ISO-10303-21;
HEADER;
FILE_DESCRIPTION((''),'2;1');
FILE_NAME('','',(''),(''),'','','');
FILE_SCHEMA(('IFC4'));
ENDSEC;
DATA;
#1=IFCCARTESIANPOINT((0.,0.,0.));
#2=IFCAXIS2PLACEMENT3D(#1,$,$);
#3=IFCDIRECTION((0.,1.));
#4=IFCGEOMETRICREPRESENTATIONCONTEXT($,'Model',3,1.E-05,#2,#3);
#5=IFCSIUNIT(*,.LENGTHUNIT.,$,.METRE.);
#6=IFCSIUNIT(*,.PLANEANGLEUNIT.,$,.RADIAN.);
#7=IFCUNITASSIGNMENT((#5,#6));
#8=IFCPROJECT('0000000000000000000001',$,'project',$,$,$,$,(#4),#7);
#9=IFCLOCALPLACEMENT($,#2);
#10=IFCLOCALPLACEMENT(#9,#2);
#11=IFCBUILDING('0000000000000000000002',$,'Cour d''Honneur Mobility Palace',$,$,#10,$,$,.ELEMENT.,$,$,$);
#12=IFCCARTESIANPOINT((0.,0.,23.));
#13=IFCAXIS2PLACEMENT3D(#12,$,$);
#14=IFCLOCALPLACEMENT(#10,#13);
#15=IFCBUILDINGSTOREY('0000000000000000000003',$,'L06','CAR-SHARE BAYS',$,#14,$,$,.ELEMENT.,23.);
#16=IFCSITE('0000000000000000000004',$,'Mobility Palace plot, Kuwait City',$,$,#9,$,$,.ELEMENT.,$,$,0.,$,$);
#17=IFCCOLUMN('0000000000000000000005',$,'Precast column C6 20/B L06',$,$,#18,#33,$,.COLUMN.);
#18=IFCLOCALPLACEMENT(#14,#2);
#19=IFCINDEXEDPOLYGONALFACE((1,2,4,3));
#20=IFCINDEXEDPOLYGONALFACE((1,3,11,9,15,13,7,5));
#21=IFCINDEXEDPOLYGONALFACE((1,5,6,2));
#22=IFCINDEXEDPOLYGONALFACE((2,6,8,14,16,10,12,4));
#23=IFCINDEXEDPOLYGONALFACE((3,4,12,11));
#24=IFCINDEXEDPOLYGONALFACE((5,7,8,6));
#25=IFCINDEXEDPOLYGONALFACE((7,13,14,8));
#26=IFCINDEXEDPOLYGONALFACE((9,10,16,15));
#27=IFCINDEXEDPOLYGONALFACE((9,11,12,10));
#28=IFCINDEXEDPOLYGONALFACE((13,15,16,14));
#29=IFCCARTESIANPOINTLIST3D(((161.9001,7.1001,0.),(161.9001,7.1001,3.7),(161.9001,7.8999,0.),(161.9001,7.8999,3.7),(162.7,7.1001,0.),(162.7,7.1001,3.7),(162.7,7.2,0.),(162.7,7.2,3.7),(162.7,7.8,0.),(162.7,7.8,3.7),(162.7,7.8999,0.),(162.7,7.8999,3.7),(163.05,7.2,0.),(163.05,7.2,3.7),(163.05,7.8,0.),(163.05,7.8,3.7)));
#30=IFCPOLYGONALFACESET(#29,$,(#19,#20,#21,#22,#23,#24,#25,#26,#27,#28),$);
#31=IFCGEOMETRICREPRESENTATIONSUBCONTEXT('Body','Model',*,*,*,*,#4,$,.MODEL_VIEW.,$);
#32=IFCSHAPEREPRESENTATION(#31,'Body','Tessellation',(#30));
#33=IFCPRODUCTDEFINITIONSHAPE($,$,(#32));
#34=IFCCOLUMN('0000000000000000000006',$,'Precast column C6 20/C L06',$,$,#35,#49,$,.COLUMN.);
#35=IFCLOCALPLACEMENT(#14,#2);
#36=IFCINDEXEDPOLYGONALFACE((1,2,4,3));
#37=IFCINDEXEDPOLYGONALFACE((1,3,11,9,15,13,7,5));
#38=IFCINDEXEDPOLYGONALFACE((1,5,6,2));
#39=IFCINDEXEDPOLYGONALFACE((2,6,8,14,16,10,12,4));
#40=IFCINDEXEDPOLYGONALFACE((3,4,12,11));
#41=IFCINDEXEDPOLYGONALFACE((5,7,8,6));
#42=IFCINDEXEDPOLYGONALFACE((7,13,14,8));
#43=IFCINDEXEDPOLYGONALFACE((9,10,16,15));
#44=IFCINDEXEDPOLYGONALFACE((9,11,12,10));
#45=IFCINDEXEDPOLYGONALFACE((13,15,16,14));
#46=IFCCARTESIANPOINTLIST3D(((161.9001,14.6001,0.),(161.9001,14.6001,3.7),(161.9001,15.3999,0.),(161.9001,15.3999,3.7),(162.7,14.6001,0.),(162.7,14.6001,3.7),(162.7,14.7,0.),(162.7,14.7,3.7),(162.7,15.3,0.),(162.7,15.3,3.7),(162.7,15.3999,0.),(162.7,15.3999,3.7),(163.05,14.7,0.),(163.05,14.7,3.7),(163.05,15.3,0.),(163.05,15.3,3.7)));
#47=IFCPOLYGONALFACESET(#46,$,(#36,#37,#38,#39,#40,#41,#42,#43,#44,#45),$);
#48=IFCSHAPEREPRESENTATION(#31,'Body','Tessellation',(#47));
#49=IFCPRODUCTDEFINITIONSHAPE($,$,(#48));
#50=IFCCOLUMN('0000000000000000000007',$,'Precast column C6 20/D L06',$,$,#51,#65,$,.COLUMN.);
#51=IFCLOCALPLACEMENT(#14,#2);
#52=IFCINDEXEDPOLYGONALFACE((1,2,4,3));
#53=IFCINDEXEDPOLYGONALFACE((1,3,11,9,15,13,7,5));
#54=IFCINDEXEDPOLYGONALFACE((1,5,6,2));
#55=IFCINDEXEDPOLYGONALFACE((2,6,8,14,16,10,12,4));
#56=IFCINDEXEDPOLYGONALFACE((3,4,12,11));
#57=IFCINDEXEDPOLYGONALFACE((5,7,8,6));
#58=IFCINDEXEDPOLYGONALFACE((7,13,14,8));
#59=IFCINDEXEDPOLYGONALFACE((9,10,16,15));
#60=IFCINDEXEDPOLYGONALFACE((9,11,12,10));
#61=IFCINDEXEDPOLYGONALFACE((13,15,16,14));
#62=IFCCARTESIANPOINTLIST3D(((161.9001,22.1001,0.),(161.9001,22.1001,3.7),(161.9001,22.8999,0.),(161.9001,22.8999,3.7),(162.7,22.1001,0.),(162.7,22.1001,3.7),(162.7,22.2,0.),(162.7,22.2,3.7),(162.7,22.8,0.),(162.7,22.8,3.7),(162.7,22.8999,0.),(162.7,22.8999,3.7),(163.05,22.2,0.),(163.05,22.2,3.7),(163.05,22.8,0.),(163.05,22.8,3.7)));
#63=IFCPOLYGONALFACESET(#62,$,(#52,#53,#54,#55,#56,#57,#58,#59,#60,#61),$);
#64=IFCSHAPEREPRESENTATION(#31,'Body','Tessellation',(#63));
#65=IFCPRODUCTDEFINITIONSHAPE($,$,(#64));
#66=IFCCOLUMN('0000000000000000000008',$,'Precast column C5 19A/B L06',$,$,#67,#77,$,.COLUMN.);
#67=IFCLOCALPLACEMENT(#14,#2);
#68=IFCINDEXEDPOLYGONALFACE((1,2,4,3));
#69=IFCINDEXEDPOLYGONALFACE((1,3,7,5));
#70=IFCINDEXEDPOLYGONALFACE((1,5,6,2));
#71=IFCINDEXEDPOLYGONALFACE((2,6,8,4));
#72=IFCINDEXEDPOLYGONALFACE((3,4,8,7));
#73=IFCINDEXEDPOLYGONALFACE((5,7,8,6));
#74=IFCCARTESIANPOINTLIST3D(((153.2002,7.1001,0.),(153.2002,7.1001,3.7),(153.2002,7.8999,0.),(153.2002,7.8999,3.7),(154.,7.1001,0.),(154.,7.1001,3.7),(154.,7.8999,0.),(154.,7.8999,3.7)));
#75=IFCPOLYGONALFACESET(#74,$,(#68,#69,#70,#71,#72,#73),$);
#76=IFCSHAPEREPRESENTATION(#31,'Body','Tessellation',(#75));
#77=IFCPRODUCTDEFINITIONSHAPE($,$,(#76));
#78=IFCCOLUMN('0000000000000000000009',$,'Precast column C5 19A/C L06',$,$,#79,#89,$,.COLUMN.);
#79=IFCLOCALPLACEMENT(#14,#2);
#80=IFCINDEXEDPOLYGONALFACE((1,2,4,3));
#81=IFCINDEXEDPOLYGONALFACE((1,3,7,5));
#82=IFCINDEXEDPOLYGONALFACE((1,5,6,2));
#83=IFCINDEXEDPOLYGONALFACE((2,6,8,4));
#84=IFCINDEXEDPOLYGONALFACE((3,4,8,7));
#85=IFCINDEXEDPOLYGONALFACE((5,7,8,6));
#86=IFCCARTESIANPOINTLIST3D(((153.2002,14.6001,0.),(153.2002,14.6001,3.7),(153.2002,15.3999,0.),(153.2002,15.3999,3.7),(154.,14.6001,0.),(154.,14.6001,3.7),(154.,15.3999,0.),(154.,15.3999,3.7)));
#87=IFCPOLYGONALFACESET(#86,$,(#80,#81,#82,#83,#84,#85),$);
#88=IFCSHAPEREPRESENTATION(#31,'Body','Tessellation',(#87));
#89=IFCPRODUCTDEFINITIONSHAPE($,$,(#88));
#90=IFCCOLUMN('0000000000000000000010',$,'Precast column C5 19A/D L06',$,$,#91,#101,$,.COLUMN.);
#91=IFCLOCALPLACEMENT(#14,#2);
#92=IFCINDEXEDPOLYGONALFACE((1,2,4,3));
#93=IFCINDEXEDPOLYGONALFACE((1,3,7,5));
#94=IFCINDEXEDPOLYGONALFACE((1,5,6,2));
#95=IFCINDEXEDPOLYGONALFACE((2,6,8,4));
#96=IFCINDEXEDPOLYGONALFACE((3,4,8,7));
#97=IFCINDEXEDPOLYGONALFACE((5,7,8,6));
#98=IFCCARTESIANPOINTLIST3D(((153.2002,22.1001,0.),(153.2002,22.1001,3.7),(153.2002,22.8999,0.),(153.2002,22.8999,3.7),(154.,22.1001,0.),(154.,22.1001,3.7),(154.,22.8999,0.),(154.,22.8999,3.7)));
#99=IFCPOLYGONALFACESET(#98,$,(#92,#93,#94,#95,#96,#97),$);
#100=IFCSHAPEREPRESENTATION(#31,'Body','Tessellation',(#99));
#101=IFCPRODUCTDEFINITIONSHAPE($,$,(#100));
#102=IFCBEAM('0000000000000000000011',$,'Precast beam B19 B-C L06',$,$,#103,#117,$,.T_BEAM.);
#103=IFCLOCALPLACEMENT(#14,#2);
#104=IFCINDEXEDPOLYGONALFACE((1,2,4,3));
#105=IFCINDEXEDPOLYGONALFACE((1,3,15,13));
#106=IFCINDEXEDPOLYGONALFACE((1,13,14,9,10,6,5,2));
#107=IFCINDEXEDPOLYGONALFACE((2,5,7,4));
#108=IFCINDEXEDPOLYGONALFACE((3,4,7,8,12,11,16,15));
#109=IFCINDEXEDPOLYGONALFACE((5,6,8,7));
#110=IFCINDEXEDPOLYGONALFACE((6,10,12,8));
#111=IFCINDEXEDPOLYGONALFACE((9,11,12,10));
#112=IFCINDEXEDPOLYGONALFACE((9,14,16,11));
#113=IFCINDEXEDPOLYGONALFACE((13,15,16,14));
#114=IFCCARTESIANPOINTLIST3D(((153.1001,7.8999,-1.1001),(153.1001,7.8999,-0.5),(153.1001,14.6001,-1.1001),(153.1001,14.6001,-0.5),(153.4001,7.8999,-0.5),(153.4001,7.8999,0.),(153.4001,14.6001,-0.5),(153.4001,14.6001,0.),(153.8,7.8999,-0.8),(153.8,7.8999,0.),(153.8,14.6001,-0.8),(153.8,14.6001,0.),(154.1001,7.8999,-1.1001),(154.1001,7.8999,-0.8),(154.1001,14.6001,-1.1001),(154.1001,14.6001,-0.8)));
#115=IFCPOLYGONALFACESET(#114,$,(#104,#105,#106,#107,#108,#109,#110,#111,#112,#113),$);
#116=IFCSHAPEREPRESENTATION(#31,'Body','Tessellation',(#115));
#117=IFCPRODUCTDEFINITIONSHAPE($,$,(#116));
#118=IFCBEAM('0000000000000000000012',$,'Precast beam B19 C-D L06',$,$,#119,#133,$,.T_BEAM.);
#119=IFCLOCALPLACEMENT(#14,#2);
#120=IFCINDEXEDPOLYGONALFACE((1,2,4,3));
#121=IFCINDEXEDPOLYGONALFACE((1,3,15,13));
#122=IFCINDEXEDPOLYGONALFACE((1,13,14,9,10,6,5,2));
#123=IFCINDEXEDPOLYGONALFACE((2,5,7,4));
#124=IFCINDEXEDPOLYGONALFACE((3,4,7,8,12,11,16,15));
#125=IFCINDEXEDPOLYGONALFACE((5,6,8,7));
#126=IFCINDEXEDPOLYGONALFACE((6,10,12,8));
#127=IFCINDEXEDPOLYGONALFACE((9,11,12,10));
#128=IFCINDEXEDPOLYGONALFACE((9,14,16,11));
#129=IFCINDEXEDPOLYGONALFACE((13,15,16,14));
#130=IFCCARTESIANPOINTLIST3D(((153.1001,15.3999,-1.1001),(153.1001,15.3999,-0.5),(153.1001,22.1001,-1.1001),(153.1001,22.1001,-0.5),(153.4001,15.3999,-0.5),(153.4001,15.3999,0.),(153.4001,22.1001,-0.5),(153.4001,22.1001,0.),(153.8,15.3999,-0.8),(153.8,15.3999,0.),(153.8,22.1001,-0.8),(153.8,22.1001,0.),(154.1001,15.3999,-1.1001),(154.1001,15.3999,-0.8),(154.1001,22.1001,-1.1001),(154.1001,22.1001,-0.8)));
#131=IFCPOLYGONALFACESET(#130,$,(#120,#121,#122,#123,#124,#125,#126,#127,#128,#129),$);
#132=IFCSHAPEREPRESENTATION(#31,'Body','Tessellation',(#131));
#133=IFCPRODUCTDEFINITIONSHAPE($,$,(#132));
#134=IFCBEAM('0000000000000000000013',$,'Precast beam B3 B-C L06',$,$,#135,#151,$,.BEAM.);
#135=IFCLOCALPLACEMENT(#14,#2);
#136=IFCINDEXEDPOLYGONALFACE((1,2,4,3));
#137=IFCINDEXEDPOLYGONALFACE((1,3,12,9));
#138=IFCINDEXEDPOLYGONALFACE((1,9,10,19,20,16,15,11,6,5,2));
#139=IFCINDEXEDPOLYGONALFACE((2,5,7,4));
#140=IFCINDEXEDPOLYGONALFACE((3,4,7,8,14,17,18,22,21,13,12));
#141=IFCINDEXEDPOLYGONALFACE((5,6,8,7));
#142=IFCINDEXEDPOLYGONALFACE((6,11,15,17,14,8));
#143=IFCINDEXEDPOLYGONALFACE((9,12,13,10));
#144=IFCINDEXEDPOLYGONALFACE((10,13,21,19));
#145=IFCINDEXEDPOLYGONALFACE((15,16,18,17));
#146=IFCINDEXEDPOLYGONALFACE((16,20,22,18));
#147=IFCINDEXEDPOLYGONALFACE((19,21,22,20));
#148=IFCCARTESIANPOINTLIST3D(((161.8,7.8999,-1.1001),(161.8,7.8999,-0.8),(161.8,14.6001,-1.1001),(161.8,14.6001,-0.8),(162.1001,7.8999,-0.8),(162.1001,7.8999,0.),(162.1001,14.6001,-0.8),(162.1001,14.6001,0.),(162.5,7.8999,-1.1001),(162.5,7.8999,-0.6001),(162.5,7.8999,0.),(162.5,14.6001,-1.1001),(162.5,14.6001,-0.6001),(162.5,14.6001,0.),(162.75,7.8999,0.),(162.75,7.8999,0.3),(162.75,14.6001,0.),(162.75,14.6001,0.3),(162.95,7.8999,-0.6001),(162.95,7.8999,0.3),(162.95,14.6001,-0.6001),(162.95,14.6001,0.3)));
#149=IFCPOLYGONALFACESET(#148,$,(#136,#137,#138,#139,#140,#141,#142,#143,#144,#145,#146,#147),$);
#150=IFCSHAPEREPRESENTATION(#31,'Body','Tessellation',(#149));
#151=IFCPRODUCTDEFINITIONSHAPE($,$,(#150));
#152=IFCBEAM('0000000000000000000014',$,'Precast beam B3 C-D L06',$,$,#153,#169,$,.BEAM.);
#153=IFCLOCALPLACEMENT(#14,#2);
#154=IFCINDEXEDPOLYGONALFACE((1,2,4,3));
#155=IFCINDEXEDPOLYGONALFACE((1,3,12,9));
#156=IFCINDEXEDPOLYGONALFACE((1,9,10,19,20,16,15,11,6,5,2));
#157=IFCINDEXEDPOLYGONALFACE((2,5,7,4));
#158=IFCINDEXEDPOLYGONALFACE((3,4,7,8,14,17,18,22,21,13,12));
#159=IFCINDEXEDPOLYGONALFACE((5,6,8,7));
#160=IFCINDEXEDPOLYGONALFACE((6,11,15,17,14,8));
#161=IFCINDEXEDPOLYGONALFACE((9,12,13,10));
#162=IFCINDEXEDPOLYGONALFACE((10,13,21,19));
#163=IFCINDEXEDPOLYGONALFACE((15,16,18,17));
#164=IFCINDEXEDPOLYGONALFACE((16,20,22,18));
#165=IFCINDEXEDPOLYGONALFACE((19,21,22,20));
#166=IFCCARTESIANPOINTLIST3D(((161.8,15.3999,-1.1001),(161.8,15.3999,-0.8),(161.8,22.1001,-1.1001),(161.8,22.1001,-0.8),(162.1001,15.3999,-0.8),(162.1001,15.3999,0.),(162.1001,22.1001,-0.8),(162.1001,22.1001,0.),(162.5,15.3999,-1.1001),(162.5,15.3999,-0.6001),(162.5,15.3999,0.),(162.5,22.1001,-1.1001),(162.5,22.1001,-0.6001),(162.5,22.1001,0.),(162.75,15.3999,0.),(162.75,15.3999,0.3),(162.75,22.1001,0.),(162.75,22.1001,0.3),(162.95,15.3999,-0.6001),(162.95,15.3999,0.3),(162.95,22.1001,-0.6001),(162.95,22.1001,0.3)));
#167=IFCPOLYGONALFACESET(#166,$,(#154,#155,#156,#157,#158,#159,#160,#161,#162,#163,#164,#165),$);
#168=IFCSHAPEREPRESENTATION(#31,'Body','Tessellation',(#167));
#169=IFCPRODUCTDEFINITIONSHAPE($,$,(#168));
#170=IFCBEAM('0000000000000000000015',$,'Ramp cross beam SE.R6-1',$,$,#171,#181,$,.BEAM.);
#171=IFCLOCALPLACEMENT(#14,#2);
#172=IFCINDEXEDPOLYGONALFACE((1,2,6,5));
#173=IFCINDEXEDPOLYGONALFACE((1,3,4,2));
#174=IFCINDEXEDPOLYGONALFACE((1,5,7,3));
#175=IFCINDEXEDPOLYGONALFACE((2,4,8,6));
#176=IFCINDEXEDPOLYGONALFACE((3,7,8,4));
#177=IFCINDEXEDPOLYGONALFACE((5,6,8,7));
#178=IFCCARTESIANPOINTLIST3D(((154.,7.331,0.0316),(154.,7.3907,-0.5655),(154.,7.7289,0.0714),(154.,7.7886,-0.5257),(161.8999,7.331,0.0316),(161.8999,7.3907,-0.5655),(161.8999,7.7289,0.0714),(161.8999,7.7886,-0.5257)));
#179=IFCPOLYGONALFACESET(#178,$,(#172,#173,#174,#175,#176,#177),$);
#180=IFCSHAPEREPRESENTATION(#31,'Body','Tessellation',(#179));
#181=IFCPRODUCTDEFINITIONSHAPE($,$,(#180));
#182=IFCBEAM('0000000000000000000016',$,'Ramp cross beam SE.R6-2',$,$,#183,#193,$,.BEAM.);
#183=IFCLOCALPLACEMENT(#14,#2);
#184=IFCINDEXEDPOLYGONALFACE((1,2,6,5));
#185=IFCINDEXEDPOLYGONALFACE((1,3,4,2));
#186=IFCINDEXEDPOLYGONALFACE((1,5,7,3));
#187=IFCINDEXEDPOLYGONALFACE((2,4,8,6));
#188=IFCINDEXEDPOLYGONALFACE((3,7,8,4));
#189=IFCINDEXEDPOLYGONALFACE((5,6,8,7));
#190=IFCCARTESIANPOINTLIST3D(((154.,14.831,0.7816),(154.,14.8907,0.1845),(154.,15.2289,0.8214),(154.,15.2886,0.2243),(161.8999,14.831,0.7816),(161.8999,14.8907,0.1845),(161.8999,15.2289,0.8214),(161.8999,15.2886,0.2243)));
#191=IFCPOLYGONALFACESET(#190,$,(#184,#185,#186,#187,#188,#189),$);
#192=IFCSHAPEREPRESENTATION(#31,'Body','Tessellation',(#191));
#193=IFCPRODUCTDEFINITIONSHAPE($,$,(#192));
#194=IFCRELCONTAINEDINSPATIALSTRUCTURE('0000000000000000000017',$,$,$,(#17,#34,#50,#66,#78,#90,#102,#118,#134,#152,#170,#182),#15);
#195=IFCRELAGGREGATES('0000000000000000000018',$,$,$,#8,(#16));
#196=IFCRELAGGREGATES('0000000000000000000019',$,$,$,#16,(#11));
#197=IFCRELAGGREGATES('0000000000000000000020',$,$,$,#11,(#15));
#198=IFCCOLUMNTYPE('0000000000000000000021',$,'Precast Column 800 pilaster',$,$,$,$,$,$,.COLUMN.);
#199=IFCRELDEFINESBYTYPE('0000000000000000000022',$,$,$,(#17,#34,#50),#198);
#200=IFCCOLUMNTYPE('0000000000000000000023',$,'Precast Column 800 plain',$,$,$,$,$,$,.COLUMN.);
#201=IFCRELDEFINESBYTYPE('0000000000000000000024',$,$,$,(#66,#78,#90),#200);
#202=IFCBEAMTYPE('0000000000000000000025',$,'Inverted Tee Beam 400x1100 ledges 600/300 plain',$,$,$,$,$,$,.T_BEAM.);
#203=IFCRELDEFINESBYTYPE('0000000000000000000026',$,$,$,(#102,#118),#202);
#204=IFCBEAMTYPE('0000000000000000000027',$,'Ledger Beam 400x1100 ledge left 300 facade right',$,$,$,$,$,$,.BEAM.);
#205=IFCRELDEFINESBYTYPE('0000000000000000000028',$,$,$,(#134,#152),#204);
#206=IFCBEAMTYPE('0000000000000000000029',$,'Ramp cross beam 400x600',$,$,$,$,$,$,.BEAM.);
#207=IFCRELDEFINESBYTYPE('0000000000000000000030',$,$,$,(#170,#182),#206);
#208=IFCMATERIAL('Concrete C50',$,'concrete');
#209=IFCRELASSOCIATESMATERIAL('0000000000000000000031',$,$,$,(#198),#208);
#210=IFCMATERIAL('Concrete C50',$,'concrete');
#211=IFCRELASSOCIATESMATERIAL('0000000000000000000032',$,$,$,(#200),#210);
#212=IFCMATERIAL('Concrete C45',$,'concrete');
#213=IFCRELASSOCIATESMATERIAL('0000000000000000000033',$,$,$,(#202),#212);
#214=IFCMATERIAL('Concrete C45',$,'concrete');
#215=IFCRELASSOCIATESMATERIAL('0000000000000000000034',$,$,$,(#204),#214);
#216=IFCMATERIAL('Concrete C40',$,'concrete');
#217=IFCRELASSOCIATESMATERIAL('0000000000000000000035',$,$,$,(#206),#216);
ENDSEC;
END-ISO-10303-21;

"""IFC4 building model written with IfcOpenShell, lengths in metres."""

from ifc_helpers import new_model, si_unit, direction, frame, origin, origin_2d, place, context, subcontext, project, spatial, polyline, rectangle, outline, extrude, material, material_profile, profile_set, type_object, element, save


model = new_model("IFC4")

# Units and contexts
model_context = context("Model", 3, precision=1e-05, world=origin(), true_north=direction((0.0, 1.0)))
body_context = subcontext(model_context, "Body", "Model", "MODEL_VIEW")
ifc_project = project(units=[si_unit("LENGTHUNIT", "METRE"), si_unit("PLANEANGLEUNIT", "RADIAN")], contexts=[model_context])

# Site, building, storey
site_placement = place(None, origin())
site = spatial("IfcSite", under=ifc_project, at=site_placement, Name="Mobility Palace plot, Kuwait City", CompositionType="ELEMENT", RefElevation=0.0)
building_placement = place(site_placement, origin())
building = spatial("IfcBuilding", under=site, at=building_placement, Name="Cour d'Honneur Mobility Palace", CompositionType="ELEMENT")
storey_placement = place(building_placement, frame((0.0, 0.0, 23.0)))
storey = spatial("IfcBuildingStorey", under=building, at=storey_placement, Name="L06", Description="CAR-SHARE BAYS", CompositionType="ELEMENT", Elevation=23.0)

# Columns
ifc_material_1 = material(Name="Concrete C50", Category="concrete")
ifc_material_profile_1 = material_profile(ifc_material_1, outline(polyline([(-0.3999, -0.3999), (0.3999, -0.3999), (0.3999, -0.3), (0.75, -0.3), (0.75, 0.3), (0.3999, 0.3), (0.3999, 0.3999), (-0.3999, 0.3999), (-0.3999, -0.3999)])), Name="PC C800 pilaster")
ifc_profile_set_1 = profile_set([ifc_material_profile_1], Name="Concrete C50")
column_type_1 = type_object("IfcColumnType", Name="Precast Column 800 pilaster", PredefinedType="COLUMN", material=ifc_profile_set_1)
for number, where, z_axis, x_axis, name in (
    (1, (162.3, 7.5, 0.0), (0.0, 0.0, 1.0), (1.0, 0.0, 0.0), "Precast column C6 20/B L06"),
    (2, (162.3, 15.0, 0.0), (0.0, 0.0, 1.0), (1.0, 0.0, 0.0), "Precast column C6 20/C L06"),
    (3, (162.3, 22.5, 0.0), (0.0, 0.0, 1.0), (1.0, 0.0, 0.0), "Precast column C6 20/D L06"),
):
    element("IfcColumn", number, at=place(storey_placement, frame(where, z_axis=z_axis, x_axis=x_axis)), inside=storey, type_object=column_type_1, Name=name, PredefinedType="COLUMN", context=body_context, shape_type="SweptSolid", body=[
        extrude(outline(polyline([(-0.3999, -0.3999), (0.3999, -0.3999), (0.3999, -0.3), (0.75, -0.3), (0.75, 0.3), (0.3999, 0.3), (0.3999, 0.3999), (-0.3999, 0.3999), (-0.3999, -0.3999)])), origin(), (0.0, 0.0, 1.0), 3.7),
    ])
ifc_material_2 = material(Name="Concrete C50", Category="concrete")
ifc_material_profile_2 = material_profile(ifc_material_2, outline(polyline([(-0.3999, -0.3999), (0.3999, -0.3999), (0.3999, 0.3999), (-0.3999, 0.3999), (-0.3999, -0.3999)])), Name="PC C800 plain")
ifc_profile_set_2 = profile_set([ifc_material_profile_2], Name="Concrete C50")
column_type_2 = type_object("IfcColumnType", Name="Precast Column 800 plain", PredefinedType="COLUMN", material=ifc_profile_set_2)
for number, where, z_axis, x_axis, name in (
    (4, (153.6001, 7.5, 0.0), (0.0, 0.0, 1.0), (1.0, 0.0, 0.0), "Precast column C5 19A/B L06"),
    (5, (153.6001, 15.0, 0.0), (0.0, 0.0, 1.0), (1.0, 0.0, 0.0), "Precast column C5 19A/C L06"),
    (6, (153.6001, 22.5, 0.0), (0.0, 0.0, 1.0), (1.0, 0.0, 0.0), "Precast column C5 19A/D L06"),
):
    element("IfcColumn", number, at=place(storey_placement, frame(where, z_axis=z_axis, x_axis=x_axis)), inside=storey, type_object=column_type_2, Name=name, PredefinedType="COLUMN", context=body_context, shape_type="SweptSolid", body=[
        extrude(outline(polyline([(-0.3999, -0.3999), (0.3999, -0.3999), (0.3999, 0.3999), (-0.3999, 0.3999), (-0.3999, -0.3999)])), origin(), (0.0, 0.0, 1.0), 3.7),
    ])

# Beams
ifc_material_3 = material(Name="Concrete C45", Category="concrete")
ifc_material_profile_3 = material_profile(ifc_material_3, outline(polyline([(0.5, -1.1001), (0.5, -0.5), (0.2, -0.5), (0.2, 0.0), (-0.2, 0.0), (-0.2, -0.8), (-0.5, -0.8), (-0.5, -1.1001), (0.5, -1.1001)])), Name="Inverted Tee Beam 400x1100 ledges 600/300 plain")
ifc_profile_set_3 = profile_set([ifc_material_profile_3], Name="Concrete C45")
beam_type_1 = type_object("IfcBeamType", Name="Inverted Tee Beam 400x1100 ledges 600/300 plain", PredefinedType="T_BEAM", material=ifc_profile_set_3)
for number, where, z_axis, x_axis, name in (
    (7, (153.6001, 7.8999, 0.0), (0.0, 1.0, 0.0), (-1.0, 0.0, 0.0), "Precast beam B19 B-C L06"),
    (8, (153.6001, 15.3999, 0.0), (0.0, 1.0, 0.0), (-1.0, 0.0, 0.0), "Precast beam B19 C-D L06"),
):
    element("IfcBeam", number, at=place(storey_placement, frame(where, z_axis=z_axis, x_axis=x_axis)), inside=storey, type_object=beam_type_1, Name=name, PredefinedType="T_BEAM", context=body_context, shape_type="SweptSolid", body=[
        extrude(outline(polyline([(0.5, -1.1001), (0.5, -0.5), (0.2, -0.5), (0.2, 0.0), (-0.2, 0.0), (-0.2, -0.8), (-0.5, -0.8), (-0.5, -1.1001), (0.5, -1.1001)])), origin(), (0.0, 0.0, 1.0), 6.7002),
    ])
ifc_material_4 = material(Name="Concrete C45", Category="concrete")
ifc_material_profile_4 = material_profile(ifc_material_4, outline(polyline([(0.5, -1.1001), (0.5, -0.8), (0.2, -0.8), (0.2, 0.0), (-0.2, 0.0), (-0.45, 0.0), (-0.45, 0.3), (-0.6499, 0.3), (-0.6499, -0.6001), (-0.2, -0.6001), (-0.2, -1.1001), (0.5, -1.1001)])), Name="Ledger Beam 400x1100 ledge left 300 facade right")
ifc_profile_set_4 = profile_set([ifc_material_profile_4], Name="Concrete C45")
beam_type_2 = type_object("IfcBeamType", Name="Ledger Beam 400x1100 ledge left 300 facade right", PredefinedType="BEAM", material=ifc_profile_set_4)
for number, where, z_axis, x_axis, name in (
    (9, (162.3, 7.8999, 0.0), (0.0, 1.0, 0.0), (-1.0, 0.0, 0.0), "Precast beam B3 B-C L06"),
    (10, (162.3, 15.3999, 0.0), (0.0, 1.0, 0.0), (-1.0, 0.0, 0.0), "Precast beam B3 C-D L06"),
):
    element("IfcBeam", number, at=place(storey_placement, frame(where, z_axis=z_axis, x_axis=x_axis)), inside=storey, type_object=beam_type_2, Name=name, PredefinedType="BEAM", context=body_context, shape_type="SweptSolid", body=[
        extrude(outline(polyline([(0.5, -1.1001), (0.5, -0.8), (0.2, -0.8), (0.2, 0.0), (-0.2, 0.0), (-0.45, 0.0), (-0.45, 0.3), (-0.6499, 0.3), (-0.6499, -0.6001), (-0.2, -0.6001), (-0.2, -1.1001), (0.5, -1.1001)])), origin(), (0.0, 0.0, 1.0), 6.7002),
    ])
ifc_material_5 = material(Name="Concrete C40", Category="concrete")
ifc_material_profile_5 = material_profile(ifc_material_5, rectangle(XDim=0.3999, YDim=0.6001, at=origin_2d()), Name="Ramp cross beam 400x600")
ifc_profile_set_5 = profile_set([ifc_material_profile_5], Name="Concrete C40")
beam_type_3 = type_object("IfcBeamType", Name="Ramp cross beam 400x600", PredefinedType="BEAM", material=ifc_profile_set_5)
for number, where, z_axis, x_axis, name in (
    (11, (161.8999, 7.5598, -0.2471), (-1.0, 0.0, 0.0), (0.0, -0.995037, -0.099504), "Ramp cross beam SE.R6-1"),
    (12, (161.8999, 15.0598, 0.5029), (-1.0, 0.0, 0.0), (0.0, -0.995037, -0.099504), "Ramp cross beam SE.R6-2"),
):
    element("IfcBeam", number, at=place(storey_placement, frame(where, z_axis=z_axis, x_axis=x_axis)), inside=storey, type_object=beam_type_3, Name=name, PredefinedType="BEAM", context=body_context, shape_type="SweptSolid", body=[
        extrude(rectangle(XDim=0.3999, YDim=0.6001, at=origin_2d()), origin(), (0.0, 0.0, 1.0), 7.8999),
    ])

save(model, "model.ifc")
